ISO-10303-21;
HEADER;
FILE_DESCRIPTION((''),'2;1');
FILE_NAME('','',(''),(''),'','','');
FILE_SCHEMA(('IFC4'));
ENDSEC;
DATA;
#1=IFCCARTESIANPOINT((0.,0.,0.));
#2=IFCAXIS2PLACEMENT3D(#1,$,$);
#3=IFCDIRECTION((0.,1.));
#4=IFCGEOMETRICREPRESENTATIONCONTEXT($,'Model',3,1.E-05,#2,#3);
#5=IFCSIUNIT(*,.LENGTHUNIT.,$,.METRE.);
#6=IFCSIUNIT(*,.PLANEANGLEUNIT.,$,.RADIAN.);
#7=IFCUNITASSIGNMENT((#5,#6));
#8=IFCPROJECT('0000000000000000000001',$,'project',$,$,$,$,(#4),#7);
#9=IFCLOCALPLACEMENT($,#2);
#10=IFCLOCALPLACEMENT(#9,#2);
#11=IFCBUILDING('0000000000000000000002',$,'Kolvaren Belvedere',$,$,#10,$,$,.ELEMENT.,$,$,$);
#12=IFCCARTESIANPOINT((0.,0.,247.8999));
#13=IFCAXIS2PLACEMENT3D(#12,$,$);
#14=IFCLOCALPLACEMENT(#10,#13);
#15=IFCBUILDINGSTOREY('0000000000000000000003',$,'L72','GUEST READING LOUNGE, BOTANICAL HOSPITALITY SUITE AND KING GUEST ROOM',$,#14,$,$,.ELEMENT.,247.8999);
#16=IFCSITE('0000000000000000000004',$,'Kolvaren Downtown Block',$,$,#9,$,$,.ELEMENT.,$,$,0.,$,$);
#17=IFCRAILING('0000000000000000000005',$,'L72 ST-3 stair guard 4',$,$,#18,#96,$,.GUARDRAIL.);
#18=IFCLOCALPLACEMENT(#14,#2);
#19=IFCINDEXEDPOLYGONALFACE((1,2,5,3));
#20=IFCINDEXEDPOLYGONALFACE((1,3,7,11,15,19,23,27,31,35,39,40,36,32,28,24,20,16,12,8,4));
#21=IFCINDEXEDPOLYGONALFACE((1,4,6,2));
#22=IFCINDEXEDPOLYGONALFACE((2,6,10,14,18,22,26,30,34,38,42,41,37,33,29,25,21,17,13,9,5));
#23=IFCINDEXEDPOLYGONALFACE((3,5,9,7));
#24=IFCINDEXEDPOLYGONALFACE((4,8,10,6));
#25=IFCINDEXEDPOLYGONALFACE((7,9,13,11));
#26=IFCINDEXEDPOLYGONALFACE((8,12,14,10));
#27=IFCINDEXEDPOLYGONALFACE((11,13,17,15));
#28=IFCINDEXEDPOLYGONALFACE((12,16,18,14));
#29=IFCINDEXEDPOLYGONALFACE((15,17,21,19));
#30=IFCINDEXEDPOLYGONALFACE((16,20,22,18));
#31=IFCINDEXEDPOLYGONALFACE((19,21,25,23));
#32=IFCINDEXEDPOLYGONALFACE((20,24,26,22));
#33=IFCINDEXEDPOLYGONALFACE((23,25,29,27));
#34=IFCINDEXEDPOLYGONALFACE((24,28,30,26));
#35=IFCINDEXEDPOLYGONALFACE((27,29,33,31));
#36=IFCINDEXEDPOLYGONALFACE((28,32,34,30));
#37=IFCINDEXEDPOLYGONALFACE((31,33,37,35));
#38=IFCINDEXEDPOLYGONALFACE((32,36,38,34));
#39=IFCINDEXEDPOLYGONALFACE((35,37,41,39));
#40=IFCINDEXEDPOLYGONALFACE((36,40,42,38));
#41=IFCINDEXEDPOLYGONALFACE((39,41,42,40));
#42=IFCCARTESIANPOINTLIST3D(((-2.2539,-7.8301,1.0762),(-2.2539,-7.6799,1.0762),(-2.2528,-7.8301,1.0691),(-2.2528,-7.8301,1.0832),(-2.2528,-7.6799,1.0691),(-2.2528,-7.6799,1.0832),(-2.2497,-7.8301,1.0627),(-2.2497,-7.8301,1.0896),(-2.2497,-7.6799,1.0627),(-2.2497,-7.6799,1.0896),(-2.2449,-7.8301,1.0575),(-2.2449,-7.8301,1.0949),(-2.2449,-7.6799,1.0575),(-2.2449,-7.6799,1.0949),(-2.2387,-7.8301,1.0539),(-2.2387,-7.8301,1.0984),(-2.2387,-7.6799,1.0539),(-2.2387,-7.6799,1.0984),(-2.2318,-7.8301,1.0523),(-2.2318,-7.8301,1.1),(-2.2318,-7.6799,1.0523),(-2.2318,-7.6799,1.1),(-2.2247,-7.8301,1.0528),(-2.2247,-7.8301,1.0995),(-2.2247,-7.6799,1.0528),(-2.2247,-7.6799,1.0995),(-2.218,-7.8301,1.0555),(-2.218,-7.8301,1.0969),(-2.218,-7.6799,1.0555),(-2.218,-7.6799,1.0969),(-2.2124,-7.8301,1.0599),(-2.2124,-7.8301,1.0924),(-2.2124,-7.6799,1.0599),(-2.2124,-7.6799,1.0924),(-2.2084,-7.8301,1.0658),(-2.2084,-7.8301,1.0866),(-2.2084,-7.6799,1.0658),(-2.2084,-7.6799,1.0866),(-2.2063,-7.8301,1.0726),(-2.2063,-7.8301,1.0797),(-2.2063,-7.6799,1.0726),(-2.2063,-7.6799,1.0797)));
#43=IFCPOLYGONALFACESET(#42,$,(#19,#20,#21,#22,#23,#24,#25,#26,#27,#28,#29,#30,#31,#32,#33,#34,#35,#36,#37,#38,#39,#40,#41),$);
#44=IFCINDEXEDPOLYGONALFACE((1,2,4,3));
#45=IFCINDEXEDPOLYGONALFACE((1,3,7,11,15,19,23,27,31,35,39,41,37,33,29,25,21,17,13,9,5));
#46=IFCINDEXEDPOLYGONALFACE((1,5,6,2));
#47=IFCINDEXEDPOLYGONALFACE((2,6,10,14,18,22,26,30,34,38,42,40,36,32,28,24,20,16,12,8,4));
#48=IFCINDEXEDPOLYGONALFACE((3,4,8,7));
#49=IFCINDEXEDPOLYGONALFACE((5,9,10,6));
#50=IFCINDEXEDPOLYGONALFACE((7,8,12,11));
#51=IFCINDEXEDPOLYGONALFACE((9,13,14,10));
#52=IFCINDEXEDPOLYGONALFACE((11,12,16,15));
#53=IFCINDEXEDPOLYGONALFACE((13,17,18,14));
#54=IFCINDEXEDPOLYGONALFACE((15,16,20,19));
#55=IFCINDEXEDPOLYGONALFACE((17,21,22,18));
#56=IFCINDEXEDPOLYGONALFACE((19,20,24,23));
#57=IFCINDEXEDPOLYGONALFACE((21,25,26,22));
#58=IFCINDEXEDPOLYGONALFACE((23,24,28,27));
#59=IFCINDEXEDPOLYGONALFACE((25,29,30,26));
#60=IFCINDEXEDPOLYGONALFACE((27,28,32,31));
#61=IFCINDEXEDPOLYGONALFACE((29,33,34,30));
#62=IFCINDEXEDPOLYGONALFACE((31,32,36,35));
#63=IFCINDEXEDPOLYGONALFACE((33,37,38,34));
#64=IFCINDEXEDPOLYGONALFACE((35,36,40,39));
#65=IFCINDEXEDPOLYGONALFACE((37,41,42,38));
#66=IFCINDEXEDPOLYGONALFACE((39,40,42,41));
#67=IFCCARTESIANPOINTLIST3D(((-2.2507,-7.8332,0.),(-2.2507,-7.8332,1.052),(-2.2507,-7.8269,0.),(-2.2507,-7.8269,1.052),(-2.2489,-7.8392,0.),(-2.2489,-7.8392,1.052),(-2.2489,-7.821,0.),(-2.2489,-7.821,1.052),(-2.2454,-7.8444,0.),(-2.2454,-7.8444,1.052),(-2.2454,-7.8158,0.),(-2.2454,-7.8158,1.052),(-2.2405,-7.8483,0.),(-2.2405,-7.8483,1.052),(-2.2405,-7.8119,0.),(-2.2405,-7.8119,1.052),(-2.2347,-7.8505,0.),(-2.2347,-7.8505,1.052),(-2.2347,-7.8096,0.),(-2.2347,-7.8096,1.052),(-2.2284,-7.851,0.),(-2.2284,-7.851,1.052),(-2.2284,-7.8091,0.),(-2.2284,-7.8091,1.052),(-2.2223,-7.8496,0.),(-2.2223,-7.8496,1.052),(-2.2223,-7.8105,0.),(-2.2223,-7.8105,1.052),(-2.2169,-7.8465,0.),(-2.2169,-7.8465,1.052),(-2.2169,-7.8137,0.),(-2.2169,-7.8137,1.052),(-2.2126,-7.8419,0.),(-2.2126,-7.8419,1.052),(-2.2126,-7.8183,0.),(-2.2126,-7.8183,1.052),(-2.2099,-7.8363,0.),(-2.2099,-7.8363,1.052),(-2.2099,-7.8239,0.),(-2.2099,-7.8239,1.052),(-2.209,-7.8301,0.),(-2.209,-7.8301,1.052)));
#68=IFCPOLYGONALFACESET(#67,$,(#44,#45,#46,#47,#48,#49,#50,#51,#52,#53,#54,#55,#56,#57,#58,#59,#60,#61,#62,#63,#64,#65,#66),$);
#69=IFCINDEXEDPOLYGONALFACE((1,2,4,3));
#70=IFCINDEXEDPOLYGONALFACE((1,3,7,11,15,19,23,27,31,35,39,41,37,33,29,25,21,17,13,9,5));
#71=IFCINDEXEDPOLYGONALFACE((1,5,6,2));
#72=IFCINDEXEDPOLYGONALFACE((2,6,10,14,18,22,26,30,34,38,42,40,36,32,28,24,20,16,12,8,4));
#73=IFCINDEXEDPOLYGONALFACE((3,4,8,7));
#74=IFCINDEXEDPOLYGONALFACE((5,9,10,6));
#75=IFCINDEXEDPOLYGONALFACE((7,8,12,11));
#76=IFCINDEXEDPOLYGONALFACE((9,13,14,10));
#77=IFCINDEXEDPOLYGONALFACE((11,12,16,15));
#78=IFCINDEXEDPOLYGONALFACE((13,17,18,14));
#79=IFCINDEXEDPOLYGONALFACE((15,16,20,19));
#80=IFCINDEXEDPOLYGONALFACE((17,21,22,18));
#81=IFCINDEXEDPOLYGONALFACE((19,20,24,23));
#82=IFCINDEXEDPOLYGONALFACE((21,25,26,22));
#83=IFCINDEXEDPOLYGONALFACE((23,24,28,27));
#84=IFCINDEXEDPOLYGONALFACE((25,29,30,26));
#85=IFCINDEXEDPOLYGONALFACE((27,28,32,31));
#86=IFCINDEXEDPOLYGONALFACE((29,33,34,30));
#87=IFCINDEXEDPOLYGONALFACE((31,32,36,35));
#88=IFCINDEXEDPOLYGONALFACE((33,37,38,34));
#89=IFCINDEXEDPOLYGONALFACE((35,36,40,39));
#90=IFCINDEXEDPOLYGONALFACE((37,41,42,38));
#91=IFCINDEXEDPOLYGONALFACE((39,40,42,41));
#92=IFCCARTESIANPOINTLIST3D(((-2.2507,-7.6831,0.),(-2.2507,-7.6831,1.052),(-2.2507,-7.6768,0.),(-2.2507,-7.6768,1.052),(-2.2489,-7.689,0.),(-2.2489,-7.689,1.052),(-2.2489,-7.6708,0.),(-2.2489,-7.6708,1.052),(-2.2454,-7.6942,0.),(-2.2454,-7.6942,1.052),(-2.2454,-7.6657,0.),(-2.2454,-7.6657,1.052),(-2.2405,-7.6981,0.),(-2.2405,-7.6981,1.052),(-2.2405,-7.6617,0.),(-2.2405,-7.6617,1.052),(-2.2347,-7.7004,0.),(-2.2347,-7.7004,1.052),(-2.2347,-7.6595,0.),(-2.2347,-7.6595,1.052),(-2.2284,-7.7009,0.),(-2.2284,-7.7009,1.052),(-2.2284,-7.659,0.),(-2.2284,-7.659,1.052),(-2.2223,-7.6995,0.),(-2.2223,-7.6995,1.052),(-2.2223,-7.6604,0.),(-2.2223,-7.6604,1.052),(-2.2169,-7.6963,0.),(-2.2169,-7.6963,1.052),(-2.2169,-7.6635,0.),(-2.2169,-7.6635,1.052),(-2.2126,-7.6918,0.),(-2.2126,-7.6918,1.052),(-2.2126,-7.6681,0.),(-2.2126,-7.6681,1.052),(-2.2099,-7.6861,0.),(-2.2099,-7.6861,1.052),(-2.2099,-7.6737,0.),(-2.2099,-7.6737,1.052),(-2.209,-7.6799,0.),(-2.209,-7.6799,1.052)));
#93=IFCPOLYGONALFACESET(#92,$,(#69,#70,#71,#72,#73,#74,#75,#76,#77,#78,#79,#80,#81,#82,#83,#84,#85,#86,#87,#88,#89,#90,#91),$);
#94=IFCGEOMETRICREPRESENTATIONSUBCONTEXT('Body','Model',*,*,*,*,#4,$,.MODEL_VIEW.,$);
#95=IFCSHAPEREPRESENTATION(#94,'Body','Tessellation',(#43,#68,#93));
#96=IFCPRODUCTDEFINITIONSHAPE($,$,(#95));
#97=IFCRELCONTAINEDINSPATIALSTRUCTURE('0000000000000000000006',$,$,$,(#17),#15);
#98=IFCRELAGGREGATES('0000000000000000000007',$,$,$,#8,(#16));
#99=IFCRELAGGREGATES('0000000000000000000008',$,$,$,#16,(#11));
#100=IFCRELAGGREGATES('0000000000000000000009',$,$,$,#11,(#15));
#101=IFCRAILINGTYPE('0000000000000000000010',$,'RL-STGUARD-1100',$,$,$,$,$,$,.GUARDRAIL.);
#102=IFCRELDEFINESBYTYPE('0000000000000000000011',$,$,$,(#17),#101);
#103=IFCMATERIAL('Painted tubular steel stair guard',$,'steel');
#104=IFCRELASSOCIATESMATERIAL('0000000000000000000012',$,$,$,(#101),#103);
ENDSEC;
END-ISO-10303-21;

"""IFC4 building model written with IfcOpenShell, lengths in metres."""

from ifc_helpers import new_model, si_unit, direction, frame, origin, origin_2d, place, context, subcontext, project, spatial, circle, extrude, material, type_object, element, save


model = new_model("IFC4")

# Units and contexts
model_context = context("Model", 3, precision=1e-05, world=origin(), true_north=direction((0.0, 1.0)))
body_context = subcontext(model_context, "Body", "Model", "MODEL_VIEW")
ifc_project = project(units=[si_unit("LENGTHUNIT", "METRE"), si_unit("PLANEANGLEUNIT", "RADIAN")], contexts=[model_context])

# Site, building, storey
site_placement = place(None, origin())
site = spatial("IfcSite", under=ifc_project, at=site_placement, Name="Kolvaren Downtown Block", CompositionType="ELEMENT", RefElevation=0.0)
building_placement = place(site_placement, origin())
building = spatial("IfcBuilding", under=site, at=building_placement, Name="Kolvaren Belvedere", CompositionType="ELEMENT")
storey_placement = place(building_placement, frame((0.0, 0.0, 247.8999)))
storey = spatial("IfcBuildingStorey", under=building, at=storey_placement, Name="L72", Description="GUEST READING LOUNGE, BOTANICAL HOSPITALITY SUITE AND KING GUEST ROOM", CompositionType="ELEMENT", Elevation=247.8999)

# Railing
ifc_material_1 = material(Name="Painted tubular steel stair guard", Category="steel")
railing_type_1 = type_object("IfcRailingType", Name="RL-STGUARD-1100", PredefinedType="GUARDRAIL", material=ifc_material_1)
railing_1_placement = place(storey_placement, frame((-2.23, -7.8301, 0.0)))
element("IfcRailing", 1, at=railing_1_placement, inside=storey, type_object=railing_type_1, Name="L72 ST-3 stair guard 4", PredefinedType="GUARDRAIL", context=body_context, shape_type="SweptSolid", body=[
    extrude(circle(Radius=0.0239, at=origin_2d()), frame((0.0, 0.0, 1.0762), z_axis=(0.0, 1.0, 0.0), x_axis=(-1.0, 0.0, 0.0)), (0.0, 0.0, 1.0), 0.1501),
    extrude(circle(Radius=0.021, at=origin_2d()), origin(), (0.0, 0.0, 1.0), 1.052),
    extrude(circle(Radius=0.021, at=origin_2d()), frame((0.0, 0.1501, 0.0)), (0.0, 0.0, 1.0), 1.052),
])

save(model, "model.ifc")
